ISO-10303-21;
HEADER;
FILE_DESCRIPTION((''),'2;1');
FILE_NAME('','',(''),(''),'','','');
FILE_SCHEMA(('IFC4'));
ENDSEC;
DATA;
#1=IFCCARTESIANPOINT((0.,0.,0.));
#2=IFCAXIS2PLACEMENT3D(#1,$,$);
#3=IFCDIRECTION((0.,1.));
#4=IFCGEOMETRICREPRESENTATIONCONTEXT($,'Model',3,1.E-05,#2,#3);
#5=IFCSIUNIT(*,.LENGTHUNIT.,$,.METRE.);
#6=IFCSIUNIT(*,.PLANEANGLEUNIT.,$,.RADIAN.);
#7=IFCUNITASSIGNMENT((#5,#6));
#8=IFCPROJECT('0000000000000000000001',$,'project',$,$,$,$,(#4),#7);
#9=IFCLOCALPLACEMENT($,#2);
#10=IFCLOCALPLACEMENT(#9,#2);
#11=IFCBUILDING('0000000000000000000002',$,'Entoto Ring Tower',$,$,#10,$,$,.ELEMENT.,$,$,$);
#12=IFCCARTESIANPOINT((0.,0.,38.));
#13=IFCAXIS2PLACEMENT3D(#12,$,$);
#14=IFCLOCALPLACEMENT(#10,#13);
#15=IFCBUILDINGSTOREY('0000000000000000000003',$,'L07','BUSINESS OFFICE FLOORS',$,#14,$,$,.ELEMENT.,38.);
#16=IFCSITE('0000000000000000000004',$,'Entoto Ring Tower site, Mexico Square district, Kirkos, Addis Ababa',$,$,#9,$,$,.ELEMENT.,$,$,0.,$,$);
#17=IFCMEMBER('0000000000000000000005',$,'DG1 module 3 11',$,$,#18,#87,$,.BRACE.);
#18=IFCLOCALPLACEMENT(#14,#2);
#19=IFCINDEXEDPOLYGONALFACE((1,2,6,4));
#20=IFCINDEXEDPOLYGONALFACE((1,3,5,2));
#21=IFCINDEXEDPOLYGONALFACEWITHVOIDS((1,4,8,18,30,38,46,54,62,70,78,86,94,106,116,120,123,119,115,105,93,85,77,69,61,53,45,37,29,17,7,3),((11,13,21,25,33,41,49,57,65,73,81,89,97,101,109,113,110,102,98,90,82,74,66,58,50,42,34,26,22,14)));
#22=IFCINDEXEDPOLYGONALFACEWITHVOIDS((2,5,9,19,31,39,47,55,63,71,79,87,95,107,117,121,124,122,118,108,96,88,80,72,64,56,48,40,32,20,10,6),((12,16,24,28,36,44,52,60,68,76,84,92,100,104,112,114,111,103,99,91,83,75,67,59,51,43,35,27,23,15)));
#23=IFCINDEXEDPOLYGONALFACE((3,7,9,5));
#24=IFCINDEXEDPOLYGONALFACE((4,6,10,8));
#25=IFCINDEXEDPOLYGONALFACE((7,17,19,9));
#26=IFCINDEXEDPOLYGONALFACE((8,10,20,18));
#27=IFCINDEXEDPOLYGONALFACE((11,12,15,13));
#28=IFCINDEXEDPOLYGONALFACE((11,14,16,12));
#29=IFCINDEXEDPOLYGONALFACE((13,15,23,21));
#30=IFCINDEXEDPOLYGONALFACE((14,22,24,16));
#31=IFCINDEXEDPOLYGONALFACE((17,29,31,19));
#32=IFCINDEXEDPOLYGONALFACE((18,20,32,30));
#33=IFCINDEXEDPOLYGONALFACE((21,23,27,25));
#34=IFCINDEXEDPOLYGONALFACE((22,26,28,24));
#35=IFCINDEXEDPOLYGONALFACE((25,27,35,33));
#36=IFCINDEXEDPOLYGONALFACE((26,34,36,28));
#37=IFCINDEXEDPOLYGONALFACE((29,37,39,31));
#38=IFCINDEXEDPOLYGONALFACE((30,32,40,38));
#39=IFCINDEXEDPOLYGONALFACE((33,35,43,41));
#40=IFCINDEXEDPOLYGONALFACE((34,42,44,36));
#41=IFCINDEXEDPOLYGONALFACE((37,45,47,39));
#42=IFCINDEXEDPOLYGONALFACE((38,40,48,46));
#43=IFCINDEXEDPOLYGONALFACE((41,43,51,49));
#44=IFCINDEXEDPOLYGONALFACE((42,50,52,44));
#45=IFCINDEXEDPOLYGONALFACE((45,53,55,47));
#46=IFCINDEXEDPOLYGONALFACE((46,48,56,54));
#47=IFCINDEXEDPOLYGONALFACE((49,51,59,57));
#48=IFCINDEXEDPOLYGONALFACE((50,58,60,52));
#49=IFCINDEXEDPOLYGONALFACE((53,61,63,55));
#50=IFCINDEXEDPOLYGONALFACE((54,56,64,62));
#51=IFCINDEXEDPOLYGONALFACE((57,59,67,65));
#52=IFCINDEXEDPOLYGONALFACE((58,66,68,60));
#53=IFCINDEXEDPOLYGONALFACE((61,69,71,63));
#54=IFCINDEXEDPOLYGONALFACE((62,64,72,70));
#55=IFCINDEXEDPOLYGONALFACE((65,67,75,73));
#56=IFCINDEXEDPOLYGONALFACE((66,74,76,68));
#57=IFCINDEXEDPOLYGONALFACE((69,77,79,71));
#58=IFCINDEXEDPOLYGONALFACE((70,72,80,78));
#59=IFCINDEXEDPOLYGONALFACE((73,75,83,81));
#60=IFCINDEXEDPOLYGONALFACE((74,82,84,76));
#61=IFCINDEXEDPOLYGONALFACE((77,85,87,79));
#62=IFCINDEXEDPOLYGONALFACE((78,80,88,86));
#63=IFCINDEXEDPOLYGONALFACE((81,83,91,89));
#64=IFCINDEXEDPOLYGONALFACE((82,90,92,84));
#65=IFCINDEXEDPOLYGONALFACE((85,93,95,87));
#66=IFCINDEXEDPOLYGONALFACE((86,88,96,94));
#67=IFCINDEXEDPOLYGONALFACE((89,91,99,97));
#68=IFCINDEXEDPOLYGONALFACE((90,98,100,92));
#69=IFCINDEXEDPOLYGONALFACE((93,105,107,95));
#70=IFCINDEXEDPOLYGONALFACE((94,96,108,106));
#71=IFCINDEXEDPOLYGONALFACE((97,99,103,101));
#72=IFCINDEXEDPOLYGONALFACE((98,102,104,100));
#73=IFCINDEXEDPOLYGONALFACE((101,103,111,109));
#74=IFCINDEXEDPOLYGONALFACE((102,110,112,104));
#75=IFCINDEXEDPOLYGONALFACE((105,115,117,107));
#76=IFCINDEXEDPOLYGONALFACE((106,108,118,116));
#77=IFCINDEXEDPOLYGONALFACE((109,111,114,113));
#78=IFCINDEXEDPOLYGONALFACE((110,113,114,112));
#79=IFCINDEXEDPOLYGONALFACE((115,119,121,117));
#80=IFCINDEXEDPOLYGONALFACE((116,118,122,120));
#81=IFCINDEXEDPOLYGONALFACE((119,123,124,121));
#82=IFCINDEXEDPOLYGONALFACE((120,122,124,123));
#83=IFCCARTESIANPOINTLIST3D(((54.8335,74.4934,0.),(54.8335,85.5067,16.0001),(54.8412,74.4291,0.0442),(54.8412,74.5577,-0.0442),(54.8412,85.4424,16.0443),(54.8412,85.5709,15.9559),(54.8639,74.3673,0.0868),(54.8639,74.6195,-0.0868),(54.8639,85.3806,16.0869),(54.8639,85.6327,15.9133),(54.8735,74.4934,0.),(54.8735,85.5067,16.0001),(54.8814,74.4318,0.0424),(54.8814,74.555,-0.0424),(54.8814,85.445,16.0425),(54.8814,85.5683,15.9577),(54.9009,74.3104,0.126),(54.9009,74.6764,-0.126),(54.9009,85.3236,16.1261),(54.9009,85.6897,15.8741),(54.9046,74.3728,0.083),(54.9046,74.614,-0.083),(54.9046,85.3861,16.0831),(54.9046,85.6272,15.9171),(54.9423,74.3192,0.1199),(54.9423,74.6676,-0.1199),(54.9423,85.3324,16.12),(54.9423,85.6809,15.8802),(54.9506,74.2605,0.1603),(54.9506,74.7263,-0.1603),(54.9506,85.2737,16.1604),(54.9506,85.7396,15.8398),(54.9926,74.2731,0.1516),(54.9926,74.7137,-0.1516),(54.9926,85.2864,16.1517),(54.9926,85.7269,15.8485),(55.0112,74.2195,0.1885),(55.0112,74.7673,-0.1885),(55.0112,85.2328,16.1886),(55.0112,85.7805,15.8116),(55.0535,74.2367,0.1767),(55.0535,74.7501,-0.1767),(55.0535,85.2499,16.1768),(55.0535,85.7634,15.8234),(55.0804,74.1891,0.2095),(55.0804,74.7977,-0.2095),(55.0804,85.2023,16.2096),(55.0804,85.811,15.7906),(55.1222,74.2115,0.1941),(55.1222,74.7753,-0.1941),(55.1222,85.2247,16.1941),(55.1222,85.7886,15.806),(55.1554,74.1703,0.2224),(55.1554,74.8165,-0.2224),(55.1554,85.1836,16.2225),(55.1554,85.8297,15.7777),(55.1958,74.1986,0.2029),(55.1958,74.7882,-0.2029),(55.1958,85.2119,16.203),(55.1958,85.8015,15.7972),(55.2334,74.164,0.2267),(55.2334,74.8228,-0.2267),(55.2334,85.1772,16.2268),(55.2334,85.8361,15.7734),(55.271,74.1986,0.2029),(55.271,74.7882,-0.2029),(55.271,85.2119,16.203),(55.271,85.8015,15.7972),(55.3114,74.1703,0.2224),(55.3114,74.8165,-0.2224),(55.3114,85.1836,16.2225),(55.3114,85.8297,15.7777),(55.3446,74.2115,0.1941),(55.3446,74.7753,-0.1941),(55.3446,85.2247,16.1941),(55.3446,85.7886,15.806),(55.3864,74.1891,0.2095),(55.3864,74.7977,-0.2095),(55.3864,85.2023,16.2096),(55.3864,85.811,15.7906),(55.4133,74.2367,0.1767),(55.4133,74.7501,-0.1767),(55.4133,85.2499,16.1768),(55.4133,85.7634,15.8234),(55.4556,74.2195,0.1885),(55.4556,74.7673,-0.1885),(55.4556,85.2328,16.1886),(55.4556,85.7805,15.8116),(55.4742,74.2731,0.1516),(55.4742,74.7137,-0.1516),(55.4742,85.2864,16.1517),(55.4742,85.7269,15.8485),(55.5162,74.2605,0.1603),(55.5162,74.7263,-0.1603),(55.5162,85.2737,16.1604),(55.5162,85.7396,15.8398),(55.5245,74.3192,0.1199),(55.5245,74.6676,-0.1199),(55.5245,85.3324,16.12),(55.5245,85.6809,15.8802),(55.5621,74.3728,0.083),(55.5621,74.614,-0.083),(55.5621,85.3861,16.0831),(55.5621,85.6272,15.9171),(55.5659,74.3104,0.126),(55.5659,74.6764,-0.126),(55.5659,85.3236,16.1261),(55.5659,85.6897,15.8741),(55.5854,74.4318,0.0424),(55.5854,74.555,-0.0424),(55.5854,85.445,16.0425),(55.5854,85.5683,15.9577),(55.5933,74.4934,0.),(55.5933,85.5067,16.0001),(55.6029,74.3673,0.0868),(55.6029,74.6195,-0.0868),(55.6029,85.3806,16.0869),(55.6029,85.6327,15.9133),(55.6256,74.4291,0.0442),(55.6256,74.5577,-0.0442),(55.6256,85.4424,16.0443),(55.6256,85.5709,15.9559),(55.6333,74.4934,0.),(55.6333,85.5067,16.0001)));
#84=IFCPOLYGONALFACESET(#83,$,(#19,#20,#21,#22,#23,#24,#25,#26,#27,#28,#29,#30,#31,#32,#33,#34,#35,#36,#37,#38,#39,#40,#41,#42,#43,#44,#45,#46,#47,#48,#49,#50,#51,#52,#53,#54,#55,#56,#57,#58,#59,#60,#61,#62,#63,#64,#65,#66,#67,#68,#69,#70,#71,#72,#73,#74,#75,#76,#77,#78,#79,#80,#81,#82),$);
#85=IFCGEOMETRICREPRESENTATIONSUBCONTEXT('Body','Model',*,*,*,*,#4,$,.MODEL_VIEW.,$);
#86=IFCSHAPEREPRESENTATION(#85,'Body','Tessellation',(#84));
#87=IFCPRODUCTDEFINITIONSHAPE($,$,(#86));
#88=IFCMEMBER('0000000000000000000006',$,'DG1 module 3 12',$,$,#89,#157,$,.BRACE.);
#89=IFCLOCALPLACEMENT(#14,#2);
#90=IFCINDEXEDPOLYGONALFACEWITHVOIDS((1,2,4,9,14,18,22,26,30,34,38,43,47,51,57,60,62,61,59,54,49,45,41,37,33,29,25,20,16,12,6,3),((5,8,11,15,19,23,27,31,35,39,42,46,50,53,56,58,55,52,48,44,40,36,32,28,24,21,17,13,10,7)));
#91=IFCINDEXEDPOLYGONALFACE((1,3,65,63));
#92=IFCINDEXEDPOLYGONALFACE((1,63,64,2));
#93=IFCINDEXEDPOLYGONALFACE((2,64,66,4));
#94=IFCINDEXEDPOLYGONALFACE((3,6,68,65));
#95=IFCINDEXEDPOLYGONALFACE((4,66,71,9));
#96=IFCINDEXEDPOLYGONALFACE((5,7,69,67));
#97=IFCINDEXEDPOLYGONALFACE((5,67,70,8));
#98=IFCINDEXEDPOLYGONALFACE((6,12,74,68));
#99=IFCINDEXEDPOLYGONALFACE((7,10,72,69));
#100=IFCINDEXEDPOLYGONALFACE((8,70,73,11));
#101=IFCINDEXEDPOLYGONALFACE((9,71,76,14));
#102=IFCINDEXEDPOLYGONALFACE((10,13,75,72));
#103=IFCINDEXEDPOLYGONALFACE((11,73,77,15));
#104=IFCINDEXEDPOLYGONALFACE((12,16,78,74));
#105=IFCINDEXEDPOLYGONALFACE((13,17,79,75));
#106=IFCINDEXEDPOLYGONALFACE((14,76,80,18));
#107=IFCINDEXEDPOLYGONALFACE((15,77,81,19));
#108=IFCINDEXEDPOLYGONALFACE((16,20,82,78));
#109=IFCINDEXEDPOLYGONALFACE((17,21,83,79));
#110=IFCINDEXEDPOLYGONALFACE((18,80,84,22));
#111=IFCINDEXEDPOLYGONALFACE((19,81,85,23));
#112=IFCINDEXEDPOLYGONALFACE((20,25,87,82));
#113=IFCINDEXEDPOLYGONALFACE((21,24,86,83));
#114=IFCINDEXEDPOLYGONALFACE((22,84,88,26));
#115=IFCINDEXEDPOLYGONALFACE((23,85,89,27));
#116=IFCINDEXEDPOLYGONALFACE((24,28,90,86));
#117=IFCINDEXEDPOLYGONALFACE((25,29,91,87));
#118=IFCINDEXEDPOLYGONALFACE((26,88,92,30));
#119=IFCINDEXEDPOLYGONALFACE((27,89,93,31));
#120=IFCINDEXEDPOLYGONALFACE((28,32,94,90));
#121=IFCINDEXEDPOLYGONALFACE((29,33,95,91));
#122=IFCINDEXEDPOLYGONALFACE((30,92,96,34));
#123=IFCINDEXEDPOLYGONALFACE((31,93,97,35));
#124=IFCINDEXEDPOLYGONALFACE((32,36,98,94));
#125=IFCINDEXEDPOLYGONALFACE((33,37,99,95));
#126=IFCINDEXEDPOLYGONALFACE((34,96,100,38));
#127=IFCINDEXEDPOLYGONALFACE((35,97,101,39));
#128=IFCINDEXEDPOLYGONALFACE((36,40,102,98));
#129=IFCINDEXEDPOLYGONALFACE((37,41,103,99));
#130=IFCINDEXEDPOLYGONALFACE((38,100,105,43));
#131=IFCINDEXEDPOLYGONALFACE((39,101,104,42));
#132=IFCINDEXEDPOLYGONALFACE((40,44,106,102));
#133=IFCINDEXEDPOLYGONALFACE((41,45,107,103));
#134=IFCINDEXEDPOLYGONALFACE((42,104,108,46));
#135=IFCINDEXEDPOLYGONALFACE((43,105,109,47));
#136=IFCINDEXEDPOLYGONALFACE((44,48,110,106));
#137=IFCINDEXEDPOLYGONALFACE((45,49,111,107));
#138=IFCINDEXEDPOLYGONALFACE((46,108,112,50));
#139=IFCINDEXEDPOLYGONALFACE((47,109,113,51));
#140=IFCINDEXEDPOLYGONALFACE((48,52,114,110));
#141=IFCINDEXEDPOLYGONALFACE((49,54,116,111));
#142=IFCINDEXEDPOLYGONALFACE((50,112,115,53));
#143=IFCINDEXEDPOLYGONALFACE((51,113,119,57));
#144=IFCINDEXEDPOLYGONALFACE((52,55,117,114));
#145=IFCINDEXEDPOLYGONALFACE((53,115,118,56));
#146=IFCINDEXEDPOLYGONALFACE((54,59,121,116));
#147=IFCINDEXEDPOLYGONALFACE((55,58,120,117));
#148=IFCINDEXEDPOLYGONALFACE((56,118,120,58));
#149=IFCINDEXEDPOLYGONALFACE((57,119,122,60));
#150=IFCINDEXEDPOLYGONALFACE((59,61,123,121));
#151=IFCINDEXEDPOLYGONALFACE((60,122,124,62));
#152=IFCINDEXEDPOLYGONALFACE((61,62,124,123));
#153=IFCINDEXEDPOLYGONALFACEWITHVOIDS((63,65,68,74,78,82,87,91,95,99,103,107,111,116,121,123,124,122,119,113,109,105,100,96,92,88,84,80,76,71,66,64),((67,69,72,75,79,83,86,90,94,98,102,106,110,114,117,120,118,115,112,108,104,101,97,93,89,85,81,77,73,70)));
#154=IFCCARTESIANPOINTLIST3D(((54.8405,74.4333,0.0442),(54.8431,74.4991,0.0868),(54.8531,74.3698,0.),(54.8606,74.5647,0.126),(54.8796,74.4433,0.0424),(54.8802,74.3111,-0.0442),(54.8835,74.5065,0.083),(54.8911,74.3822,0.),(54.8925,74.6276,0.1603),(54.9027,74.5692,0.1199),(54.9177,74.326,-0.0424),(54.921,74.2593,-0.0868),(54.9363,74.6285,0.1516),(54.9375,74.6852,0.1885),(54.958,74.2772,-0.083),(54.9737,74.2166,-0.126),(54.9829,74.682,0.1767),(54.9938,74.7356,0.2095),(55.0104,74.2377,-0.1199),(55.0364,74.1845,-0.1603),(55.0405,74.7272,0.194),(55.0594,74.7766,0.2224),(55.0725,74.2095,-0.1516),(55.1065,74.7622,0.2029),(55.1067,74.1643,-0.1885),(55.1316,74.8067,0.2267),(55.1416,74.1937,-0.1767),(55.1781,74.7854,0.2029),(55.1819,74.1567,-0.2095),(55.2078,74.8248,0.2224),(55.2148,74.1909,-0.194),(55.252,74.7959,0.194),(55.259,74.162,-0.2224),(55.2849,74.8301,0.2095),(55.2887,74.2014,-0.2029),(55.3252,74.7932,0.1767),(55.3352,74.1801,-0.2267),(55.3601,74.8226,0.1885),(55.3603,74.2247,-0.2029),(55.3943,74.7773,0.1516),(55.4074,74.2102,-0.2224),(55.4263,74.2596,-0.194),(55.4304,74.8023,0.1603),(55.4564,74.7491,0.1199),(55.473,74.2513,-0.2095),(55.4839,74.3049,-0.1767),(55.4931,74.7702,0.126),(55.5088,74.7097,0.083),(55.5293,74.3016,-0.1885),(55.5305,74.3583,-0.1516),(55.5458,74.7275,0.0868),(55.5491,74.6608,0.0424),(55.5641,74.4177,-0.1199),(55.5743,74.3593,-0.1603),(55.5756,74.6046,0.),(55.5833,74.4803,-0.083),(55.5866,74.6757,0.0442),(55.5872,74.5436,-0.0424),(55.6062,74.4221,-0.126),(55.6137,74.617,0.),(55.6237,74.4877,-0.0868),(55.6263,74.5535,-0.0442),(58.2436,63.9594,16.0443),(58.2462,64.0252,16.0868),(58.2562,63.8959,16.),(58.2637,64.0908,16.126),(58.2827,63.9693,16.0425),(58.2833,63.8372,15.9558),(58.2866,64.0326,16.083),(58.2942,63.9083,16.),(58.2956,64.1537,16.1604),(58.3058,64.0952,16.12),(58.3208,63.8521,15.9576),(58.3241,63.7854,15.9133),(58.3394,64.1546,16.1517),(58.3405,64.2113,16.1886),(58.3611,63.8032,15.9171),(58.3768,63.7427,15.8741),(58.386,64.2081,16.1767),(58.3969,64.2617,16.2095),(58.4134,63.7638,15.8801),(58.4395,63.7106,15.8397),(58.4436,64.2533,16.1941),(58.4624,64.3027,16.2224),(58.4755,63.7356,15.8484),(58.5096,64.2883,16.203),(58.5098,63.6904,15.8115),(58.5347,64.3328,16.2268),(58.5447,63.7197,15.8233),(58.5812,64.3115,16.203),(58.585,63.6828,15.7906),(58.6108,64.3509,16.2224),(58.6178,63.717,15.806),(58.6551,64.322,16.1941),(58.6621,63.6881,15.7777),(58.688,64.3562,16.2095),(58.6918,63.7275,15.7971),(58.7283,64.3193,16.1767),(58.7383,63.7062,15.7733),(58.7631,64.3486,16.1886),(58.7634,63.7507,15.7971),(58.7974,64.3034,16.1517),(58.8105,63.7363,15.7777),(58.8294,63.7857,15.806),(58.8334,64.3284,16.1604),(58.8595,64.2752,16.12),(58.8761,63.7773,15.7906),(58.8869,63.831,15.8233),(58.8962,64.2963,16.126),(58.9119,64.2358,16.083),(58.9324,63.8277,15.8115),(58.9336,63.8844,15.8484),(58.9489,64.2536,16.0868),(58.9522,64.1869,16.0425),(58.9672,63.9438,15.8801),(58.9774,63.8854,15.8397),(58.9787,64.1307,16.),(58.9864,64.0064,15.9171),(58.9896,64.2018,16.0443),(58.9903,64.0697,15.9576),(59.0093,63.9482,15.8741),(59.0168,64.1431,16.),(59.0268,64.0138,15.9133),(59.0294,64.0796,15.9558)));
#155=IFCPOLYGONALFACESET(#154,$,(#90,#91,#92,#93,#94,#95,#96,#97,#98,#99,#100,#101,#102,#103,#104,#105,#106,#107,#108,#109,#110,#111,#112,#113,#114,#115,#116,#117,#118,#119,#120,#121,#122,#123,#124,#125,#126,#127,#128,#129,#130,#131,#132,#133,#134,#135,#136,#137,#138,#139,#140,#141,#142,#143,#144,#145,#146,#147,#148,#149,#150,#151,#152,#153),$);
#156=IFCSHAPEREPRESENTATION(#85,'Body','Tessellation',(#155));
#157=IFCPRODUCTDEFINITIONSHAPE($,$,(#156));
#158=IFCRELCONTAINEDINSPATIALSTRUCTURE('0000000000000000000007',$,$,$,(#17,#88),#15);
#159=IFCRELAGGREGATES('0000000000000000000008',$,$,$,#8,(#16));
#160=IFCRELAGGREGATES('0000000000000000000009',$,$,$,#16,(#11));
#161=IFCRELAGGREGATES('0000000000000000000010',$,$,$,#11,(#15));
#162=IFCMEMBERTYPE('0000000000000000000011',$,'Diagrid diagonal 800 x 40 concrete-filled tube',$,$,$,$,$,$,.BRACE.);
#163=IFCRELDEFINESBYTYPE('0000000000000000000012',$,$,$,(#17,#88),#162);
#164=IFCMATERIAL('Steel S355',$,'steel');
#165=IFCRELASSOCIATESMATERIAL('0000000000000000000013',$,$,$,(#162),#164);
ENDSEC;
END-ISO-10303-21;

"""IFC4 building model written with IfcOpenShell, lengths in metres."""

from ifc_helpers import new_model, si_unit, direction, frame, origin, origin_2d, place, context, subcontext, project, spatial, circle, hollow_circle, extrude, material, material_profile, profile_set, type_object, element, save


model = new_model("IFC4")

# Units and contexts
model_context = context("Model", 3, precision=1e-05, world=origin(), true_north=direction((0.0, 1.0)))
body_context = subcontext(model_context, "Body", "Model", "MODEL_VIEW")
ifc_project = project(units=[si_unit("LENGTHUNIT", "METRE"), si_unit("PLANEANGLEUNIT", "RADIAN")], contexts=[model_context])

# Site, building, storey
site_placement = place(None, origin())
site = spatial("IfcSite", under=ifc_project, at=site_placement, Name="Entoto Ring Tower site, Mexico Square district, Kirkos, Addis Ababa", CompositionType="ELEMENT", RefElevation=0.0)
building_placement = place(site_placement, origin())
building = spatial("IfcBuilding", under=site, at=building_placement, Name="Entoto Ring Tower", CompositionType="ELEMENT")
storey_placement = place(building_placement, frame((0.0, 0.0, 38.0)))
storey = spatial("IfcBuildingStorey", under=building, at=storey_placement, Name="L07", Description="BUSINESS OFFICE FLOORS", CompositionType="ELEMENT", Elevation=38.0)

# Members
ifc_material_1 = material(Name="Steel S355", Category="steel")
ifc_material_profile_1 = material_profile(ifc_material_1, hollow_circle(Radius=0.3999, WallThickness=0.04, at=origin_2d()), Name="CHS 800 x 40")
ifc_material_2 = material(Name="Concrete C60/75", Category="concrete")
ifc_material_profile_2 = material_profile(ifc_material_2, circle(Radius=0.3601, at=origin_2d()), Name="Concrete C60/75 infill")
ifc_profile_set_1 = profile_set([ifc_material_profile_1, ifc_material_profile_2], Name="Steel S355")
member_type_1 = type_object("IfcMemberType", Name="Diagrid diagonal 800 x 40 concrete-filled tube", PredefinedType="BRACE", material=ifc_profile_set_1)
member_1_placement = place(storey_placement, frame((55.2334, 74.4934, 0.0), z_axis=(0.0, 0.56699, 0.823725), x_axis=(-1.0, 0.0, 0.0)))
element("IfcMember", 1, at=member_1_placement, inside=storey, type_object=member_type_1, Name="DG1 module 3 11", PredefinedType="BRACE", context=body_context, shape_type="SweptSolid", body=[
    extrude(hollow_circle(Radius=0.3999, WallThickness=0.04, at=origin_2d()), origin(), (0.0, 0.0, 1.0), 19.4241),
])
member_2_placement = place(storey_placement, frame((55.2334, 74.4934, 0.0), z_axis=(0.175202, -0.53923, 0.823733), x_axis=(0.951059, 0.309009, 0.0)))
element("IfcMember", 2, at=member_2_placement, inside=storey, type_object=member_type_1, Name="DG1 module 3 12", PredefinedType="BRACE", context=body_context, shape_type="SweptSolid", body=[
    extrude(hollow_circle(Radius=0.3999, WallThickness=0.04, at=origin_2d()), origin(), (0.0, 0.0, 1.0), 19.4238),
])

save(model, "model.ifc")
